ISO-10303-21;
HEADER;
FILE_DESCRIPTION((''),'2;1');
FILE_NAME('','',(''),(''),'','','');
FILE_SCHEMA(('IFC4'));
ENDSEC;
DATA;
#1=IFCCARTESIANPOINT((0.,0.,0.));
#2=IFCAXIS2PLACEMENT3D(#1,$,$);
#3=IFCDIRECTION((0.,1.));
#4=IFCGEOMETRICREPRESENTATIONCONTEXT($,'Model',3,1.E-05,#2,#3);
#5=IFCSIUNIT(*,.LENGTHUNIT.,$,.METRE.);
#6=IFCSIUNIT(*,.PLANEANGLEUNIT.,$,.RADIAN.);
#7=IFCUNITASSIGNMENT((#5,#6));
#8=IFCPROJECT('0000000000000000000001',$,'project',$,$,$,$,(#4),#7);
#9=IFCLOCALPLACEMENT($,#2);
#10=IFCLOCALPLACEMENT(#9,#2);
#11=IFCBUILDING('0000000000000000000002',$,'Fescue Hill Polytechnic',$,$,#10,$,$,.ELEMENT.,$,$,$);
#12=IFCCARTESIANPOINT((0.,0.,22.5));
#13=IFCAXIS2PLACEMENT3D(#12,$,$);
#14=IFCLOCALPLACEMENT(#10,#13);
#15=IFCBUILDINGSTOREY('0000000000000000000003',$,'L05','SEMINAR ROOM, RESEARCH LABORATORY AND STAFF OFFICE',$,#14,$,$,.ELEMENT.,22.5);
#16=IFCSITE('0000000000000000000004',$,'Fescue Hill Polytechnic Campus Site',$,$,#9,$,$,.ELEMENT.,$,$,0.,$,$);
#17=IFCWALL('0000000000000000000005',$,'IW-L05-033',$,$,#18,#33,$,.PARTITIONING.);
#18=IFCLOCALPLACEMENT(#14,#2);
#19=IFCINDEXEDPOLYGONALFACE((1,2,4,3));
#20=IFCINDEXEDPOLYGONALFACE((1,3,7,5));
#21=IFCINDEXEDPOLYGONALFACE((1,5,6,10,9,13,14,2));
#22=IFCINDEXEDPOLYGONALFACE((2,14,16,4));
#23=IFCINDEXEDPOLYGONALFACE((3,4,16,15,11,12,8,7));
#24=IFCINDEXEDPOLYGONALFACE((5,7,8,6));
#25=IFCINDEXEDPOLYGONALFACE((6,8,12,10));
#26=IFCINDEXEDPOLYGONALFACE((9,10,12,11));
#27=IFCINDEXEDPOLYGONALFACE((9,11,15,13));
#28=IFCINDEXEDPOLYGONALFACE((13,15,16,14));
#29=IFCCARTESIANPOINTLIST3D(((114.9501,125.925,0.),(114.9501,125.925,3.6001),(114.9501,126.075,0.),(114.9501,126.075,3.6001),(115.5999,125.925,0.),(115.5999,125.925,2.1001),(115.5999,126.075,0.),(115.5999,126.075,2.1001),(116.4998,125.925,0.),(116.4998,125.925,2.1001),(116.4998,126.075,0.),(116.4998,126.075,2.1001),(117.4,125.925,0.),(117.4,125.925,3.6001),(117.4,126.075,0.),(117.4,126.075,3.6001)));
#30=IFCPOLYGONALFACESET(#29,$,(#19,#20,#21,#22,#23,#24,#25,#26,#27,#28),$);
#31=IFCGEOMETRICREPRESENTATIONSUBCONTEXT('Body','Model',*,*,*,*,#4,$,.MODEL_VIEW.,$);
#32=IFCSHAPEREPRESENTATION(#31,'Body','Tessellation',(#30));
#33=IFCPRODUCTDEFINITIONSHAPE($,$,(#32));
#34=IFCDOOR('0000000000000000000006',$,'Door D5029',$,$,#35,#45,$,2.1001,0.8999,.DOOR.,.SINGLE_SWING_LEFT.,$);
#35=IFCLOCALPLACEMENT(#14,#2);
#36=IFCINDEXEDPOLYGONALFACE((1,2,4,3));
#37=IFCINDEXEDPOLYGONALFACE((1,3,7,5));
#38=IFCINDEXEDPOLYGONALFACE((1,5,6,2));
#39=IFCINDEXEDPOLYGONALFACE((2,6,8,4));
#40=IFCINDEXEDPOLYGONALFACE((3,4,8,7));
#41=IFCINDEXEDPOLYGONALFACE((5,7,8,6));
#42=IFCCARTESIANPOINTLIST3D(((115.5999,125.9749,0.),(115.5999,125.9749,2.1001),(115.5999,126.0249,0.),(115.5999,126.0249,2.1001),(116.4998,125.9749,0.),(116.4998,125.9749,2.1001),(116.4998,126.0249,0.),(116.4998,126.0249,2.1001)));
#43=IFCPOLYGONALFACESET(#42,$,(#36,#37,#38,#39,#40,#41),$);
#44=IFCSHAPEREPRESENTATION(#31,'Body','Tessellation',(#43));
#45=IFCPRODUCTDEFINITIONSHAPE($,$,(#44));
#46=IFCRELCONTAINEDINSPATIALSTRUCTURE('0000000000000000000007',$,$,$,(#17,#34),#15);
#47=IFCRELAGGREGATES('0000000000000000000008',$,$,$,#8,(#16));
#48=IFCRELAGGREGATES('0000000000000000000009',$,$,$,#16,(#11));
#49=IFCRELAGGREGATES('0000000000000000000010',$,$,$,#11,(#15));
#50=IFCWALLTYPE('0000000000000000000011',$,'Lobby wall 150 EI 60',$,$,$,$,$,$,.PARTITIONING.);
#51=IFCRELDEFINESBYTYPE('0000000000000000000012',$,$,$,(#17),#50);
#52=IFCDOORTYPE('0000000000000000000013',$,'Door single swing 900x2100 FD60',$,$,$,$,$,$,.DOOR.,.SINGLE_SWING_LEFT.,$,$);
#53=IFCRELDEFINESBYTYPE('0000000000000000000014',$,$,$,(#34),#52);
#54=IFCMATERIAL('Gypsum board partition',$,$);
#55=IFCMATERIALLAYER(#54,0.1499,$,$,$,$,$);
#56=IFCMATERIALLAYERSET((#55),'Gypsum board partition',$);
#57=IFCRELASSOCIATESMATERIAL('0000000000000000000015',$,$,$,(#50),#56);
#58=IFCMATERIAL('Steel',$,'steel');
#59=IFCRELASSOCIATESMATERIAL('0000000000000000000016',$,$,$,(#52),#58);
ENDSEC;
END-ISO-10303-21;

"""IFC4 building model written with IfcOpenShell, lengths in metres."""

from ifc_helpers import new_model, si_unit, direction, frame, frame_2d, origin, place, context, subcontext, project, spatial, rectangle, extrude, material, layer, layer_set, type_object, element, fill, save


model = new_model("IFC4")

# Units and contexts
model_context = context("Model", 3, precision=1e-05, world=origin(), true_north=direction((0.0, 1.0)))
body_context = subcontext(model_context, "Body", "Model", "MODEL_VIEW")
ifc_project = project(units=[si_unit("LENGTHUNIT", "METRE"), si_unit("PLANEANGLEUNIT", "RADIAN")], contexts=[model_context])

# Site, building, storey
site_placement = place(None, origin())
site = spatial("IfcSite", under=ifc_project, at=site_placement, Name="Fescue Hill Polytechnic Campus Site", CompositionType="ELEMENT", RefElevation=0.0)
building_placement = place(site_placement, origin())
building = spatial("IfcBuilding", under=site, at=building_placement, Name="Fescue Hill Polytechnic", CompositionType="ELEMENT")
storey_placement = place(building_placement, frame((0.0, 0.0, 22.5)))
storey = spatial("IfcBuildingStorey", under=building, at=storey_placement, Name="L05", Description="SEMINAR ROOM, RESEARCH LABORATORY AND STAFF OFFICE", CompositionType="ELEMENT", Elevation=22.5)

# Wall, opening, door
ifc_material_1 = material(Name="Gypsum board partition")
ifc_layer_1 = layer(ifc_material_1, 0.1499)
ifc_layer_set_1 = layer_set([ifc_layer_1], Name="Gypsum board partition")
wall_type_1 = type_object("IfcWallType", Name="Lobby wall 150 EI 60", PredefinedType="PARTITIONING", material=ifc_layer_set_1)
wall_1_placement = place(storey_placement, frame((114.95, 126.0, 0.0), z_axis=(0.0, 0.0, 1.0), x_axis=(1.0, 0.0, 0.0)))
wall_1 = element("IfcWall", 1, at=wall_1_placement, inside=storey, type_object=wall_type_1, Name="IW-L05-033", PredefinedType="PARTITIONING", context=body_context, shape_type="SweptSolid", body=[
    extrude(rectangle(XDim=2.45, YDim=0.1499, at=frame_2d((1.2251, 0.0))), origin(), (0.0, 0.0, 1.0), 3.6001),
])
opening_1_placement = place(wall_1_placement, frame((0.6499, 0.0, 0.0)))
opening_1 = element("IfcOpeningElement", 2, at=opening_1_placement, cuts=wall_1, PredefinedType="OPENING", context=body_context, shape_type="SweptSolid", body=[
    extrude(rectangle(XDim=0.8999, YDim=2.1001, at=frame_2d((0.45, 1.05))), frame((0.0, 0.085, 0.0), z_axis=(0.0, -1.0, 0.0), x_axis=(1.0, 0.0, 0.0)), (0.0, 0.0, 1.0), 0.1699),
])
ifc_material_2 = material(Name="Steel", Category="steel")
door_type_1 = type_object("IfcDoorType", Name="Door single swing 900x2100 FD60", OperationType="SINGLE_SWING_LEFT", PredefinedType="DOOR", material=ifc_material_2)
door_1_placement = place(opening_1_placement, origin())
door_1 = element("IfcDoor", 3, at=door_1_placement, inside=storey, type_object=door_type_1, Name="Door D5029", OperationType="SINGLE_SWING_LEFT", OverallHeight=2.1001, OverallWidth=0.8999, PredefinedType="DOOR", context=body_context, shape_type="SweptSolid", body=[
    extrude(rectangle(XDim=0.8999, YDim=2.1001, at=frame_2d((0.45, 1.05))), frame((0.0, 0.0249, 0.0), z_axis=(0.0, -1.0, 0.0), x_axis=(1.0, 0.0, 0.0)), (0.0, 0.0, 1.0), 0.05),
])
fill(opening_1, door_1)

save(model, "model.ifc")
